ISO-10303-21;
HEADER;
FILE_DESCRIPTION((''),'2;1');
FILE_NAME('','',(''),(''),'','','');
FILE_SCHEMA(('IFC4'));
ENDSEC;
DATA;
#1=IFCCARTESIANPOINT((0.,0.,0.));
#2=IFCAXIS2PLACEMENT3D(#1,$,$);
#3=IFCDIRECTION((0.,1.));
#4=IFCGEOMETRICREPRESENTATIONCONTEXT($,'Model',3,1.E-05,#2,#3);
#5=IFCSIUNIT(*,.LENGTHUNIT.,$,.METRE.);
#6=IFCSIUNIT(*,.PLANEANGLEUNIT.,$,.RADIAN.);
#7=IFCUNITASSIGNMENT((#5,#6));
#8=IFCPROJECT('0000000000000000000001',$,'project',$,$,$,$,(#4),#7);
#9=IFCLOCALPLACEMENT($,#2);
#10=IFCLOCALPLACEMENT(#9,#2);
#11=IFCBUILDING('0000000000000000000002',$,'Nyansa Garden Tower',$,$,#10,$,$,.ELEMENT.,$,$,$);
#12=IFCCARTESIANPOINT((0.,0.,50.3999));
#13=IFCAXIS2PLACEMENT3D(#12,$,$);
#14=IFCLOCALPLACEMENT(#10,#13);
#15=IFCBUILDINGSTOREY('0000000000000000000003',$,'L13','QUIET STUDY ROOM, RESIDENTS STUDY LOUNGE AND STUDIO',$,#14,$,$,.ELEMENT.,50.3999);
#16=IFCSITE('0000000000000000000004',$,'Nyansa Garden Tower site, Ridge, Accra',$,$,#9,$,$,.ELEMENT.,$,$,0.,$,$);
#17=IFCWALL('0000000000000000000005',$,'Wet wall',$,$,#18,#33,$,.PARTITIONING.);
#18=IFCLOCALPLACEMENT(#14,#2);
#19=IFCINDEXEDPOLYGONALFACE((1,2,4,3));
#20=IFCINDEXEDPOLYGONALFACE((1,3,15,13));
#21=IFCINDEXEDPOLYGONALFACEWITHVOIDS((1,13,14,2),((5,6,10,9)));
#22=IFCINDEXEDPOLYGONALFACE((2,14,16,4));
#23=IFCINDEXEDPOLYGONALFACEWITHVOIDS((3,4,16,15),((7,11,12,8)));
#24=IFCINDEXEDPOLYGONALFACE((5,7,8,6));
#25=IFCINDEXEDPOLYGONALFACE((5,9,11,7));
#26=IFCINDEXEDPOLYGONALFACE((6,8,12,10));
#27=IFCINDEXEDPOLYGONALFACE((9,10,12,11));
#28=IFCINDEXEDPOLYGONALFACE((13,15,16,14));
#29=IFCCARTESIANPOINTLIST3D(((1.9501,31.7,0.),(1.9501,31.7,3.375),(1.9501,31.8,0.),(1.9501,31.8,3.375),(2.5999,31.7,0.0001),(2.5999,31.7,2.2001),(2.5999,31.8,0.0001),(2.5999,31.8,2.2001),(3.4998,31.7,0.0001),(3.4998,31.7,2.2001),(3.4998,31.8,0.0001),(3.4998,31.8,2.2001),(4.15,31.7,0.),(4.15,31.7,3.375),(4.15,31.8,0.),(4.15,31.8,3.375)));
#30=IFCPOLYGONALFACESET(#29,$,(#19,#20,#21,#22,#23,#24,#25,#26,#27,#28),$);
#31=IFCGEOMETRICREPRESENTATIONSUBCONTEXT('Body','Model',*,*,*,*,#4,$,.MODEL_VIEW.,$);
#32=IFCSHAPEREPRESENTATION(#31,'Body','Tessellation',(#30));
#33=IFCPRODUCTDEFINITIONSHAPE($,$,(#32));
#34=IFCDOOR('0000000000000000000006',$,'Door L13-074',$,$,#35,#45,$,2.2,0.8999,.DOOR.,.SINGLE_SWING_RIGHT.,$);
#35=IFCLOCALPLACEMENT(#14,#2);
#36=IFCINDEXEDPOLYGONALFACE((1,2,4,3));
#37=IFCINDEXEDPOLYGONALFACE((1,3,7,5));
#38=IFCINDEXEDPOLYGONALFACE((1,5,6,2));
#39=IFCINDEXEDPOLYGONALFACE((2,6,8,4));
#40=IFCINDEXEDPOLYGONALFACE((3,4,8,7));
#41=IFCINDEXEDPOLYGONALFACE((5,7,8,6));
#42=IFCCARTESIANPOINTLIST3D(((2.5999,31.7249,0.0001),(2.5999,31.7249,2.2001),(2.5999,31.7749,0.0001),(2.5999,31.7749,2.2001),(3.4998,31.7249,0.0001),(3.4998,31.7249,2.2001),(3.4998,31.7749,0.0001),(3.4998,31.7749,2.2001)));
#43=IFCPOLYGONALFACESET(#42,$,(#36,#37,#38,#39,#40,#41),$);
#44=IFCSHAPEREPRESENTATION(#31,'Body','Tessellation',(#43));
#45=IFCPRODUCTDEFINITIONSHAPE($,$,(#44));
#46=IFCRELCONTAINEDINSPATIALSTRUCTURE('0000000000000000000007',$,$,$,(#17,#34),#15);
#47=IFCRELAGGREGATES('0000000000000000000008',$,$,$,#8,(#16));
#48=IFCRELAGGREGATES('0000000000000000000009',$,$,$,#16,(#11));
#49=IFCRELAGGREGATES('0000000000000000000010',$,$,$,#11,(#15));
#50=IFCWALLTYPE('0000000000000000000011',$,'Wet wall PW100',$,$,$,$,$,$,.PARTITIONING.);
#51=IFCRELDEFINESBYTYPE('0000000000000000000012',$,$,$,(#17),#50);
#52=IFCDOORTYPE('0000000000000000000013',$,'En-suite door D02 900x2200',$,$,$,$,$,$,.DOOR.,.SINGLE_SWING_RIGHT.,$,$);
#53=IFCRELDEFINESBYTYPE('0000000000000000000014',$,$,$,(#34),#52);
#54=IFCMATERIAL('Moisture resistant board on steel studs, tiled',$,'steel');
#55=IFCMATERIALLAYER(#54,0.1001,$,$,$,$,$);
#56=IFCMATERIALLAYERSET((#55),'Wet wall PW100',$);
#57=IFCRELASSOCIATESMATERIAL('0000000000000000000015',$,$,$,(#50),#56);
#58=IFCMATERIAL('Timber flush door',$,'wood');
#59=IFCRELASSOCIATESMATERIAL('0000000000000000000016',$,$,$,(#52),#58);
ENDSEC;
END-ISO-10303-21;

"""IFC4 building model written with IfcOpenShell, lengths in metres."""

from ifc_helpers import new_model, si_unit, direction, frame, frame_2d, origin, place, context, subcontext, project, spatial, rectangle, extrude, material, layer, layer_set, type_object, element, fill, save


model = new_model("IFC4")

# Units and contexts
model_context = context("Model", 3, precision=1e-05, world=origin(), true_north=direction((0.0, 1.0)))
body_context = subcontext(model_context, "Body", "Model", "MODEL_VIEW")
ifc_project = project(units=[si_unit("LENGTHUNIT", "METRE"), si_unit("PLANEANGLEUNIT", "RADIAN")], contexts=[model_context])

# Site, building, storey
site_placement = place(None, origin())
site = spatial("IfcSite", under=ifc_project, at=site_placement, Name="Nyansa Garden Tower site, Ridge, Accra", CompositionType="ELEMENT", RefElevation=0.0)
building_placement = place(site_placement, origin())
building = spatial("IfcBuilding", under=site, at=building_placement, Name="Nyansa Garden Tower", CompositionType="ELEMENT")
storey_placement = place(building_placement, frame((0.0, 0.0, 50.3999)))
storey = spatial("IfcBuildingStorey", under=building, at=storey_placement, Name="L13", Description="QUIET STUDY ROOM, RESIDENTS STUDY LOUNGE AND STUDIO", CompositionType="ELEMENT", Elevation=50.3999)

# Wall, opening, door
ifc_material_1 = material(Name="Moisture resistant board on steel studs, tiled", Category="steel")
ifc_layer_1 = layer(ifc_material_1, 0.1001)
ifc_layer_set_1 = layer_set([ifc_layer_1], Name="Wet wall PW100")
wall_type_1 = type_object("IfcWallType", Name="Wet wall PW100", PredefinedType="PARTITIONING", material=ifc_layer_set_1)
wall_1_placement = place(storey_placement, frame((1.95, 31.75, 0.0), z_axis=(0.0, 0.0, 1.0), x_axis=(1.0, 0.0, 0.0)))
wall_1 = element("IfcWall", 1, at=wall_1_placement, inside=storey, type_object=wall_type_1, Name="Wet wall", PredefinedType="PARTITIONING", context=body_context, shape_type="SweptSolid", body=[
    extrude(rectangle(XDim=2.2, YDim=0.1001, at=frame_2d((1.1001, 0.0))), origin(), (0.0, 0.0, 1.0), 3.375),
])
opening_1_placement = place(wall_1_placement, frame((0.6499, 0.0, 0.0)))
opening_1 = element("IfcOpeningElement", 2, at=opening_1_placement, cuts=wall_1, PredefinedType="OPENING", context=body_context, shape_type="SweptSolid", body=[
    extrude(rectangle(XDim=0.8999, YDim=2.2, at=frame_2d((0.45, 1.1001))), frame((0.0, 0.0601, 0.0), z_axis=(0.0, -1.0, 0.0), x_axis=(1.0, 0.0, 0.0)), (0.0, 0.0, 1.0), 0.1201),
])
ifc_material_2 = material(Name="Timber flush door", Category="wood")
door_type = type_object("IfcDoorType", Name="En-suite door D02 900x2200", OperationType="SINGLE_SWING_RIGHT", PredefinedType="DOOR", material=ifc_material_2)
door_placement = place(opening_1_placement, origin())
door = element("IfcDoor", 3, at=door_placement, inside=storey, type_object=door_type, Name="Door L13-074", OperationType="SINGLE_SWING_RIGHT", OverallHeight=2.2, OverallWidth=0.8999, PredefinedType="DOOR", context=body_context, shape_type="SweptSolid", body=[
    extrude(rectangle(XDim=0.8999, YDim=2.2, at=frame_2d((0.45, 1.1001))), frame((0.0, 0.0249, 0.0), z_axis=(0.0, -1.0, 0.0), x_axis=(1.0, 0.0, 0.0)), (0.0, 0.0, 1.0), 0.05),
])
fill(opening_1, door)

save(model, "model.ifc")
